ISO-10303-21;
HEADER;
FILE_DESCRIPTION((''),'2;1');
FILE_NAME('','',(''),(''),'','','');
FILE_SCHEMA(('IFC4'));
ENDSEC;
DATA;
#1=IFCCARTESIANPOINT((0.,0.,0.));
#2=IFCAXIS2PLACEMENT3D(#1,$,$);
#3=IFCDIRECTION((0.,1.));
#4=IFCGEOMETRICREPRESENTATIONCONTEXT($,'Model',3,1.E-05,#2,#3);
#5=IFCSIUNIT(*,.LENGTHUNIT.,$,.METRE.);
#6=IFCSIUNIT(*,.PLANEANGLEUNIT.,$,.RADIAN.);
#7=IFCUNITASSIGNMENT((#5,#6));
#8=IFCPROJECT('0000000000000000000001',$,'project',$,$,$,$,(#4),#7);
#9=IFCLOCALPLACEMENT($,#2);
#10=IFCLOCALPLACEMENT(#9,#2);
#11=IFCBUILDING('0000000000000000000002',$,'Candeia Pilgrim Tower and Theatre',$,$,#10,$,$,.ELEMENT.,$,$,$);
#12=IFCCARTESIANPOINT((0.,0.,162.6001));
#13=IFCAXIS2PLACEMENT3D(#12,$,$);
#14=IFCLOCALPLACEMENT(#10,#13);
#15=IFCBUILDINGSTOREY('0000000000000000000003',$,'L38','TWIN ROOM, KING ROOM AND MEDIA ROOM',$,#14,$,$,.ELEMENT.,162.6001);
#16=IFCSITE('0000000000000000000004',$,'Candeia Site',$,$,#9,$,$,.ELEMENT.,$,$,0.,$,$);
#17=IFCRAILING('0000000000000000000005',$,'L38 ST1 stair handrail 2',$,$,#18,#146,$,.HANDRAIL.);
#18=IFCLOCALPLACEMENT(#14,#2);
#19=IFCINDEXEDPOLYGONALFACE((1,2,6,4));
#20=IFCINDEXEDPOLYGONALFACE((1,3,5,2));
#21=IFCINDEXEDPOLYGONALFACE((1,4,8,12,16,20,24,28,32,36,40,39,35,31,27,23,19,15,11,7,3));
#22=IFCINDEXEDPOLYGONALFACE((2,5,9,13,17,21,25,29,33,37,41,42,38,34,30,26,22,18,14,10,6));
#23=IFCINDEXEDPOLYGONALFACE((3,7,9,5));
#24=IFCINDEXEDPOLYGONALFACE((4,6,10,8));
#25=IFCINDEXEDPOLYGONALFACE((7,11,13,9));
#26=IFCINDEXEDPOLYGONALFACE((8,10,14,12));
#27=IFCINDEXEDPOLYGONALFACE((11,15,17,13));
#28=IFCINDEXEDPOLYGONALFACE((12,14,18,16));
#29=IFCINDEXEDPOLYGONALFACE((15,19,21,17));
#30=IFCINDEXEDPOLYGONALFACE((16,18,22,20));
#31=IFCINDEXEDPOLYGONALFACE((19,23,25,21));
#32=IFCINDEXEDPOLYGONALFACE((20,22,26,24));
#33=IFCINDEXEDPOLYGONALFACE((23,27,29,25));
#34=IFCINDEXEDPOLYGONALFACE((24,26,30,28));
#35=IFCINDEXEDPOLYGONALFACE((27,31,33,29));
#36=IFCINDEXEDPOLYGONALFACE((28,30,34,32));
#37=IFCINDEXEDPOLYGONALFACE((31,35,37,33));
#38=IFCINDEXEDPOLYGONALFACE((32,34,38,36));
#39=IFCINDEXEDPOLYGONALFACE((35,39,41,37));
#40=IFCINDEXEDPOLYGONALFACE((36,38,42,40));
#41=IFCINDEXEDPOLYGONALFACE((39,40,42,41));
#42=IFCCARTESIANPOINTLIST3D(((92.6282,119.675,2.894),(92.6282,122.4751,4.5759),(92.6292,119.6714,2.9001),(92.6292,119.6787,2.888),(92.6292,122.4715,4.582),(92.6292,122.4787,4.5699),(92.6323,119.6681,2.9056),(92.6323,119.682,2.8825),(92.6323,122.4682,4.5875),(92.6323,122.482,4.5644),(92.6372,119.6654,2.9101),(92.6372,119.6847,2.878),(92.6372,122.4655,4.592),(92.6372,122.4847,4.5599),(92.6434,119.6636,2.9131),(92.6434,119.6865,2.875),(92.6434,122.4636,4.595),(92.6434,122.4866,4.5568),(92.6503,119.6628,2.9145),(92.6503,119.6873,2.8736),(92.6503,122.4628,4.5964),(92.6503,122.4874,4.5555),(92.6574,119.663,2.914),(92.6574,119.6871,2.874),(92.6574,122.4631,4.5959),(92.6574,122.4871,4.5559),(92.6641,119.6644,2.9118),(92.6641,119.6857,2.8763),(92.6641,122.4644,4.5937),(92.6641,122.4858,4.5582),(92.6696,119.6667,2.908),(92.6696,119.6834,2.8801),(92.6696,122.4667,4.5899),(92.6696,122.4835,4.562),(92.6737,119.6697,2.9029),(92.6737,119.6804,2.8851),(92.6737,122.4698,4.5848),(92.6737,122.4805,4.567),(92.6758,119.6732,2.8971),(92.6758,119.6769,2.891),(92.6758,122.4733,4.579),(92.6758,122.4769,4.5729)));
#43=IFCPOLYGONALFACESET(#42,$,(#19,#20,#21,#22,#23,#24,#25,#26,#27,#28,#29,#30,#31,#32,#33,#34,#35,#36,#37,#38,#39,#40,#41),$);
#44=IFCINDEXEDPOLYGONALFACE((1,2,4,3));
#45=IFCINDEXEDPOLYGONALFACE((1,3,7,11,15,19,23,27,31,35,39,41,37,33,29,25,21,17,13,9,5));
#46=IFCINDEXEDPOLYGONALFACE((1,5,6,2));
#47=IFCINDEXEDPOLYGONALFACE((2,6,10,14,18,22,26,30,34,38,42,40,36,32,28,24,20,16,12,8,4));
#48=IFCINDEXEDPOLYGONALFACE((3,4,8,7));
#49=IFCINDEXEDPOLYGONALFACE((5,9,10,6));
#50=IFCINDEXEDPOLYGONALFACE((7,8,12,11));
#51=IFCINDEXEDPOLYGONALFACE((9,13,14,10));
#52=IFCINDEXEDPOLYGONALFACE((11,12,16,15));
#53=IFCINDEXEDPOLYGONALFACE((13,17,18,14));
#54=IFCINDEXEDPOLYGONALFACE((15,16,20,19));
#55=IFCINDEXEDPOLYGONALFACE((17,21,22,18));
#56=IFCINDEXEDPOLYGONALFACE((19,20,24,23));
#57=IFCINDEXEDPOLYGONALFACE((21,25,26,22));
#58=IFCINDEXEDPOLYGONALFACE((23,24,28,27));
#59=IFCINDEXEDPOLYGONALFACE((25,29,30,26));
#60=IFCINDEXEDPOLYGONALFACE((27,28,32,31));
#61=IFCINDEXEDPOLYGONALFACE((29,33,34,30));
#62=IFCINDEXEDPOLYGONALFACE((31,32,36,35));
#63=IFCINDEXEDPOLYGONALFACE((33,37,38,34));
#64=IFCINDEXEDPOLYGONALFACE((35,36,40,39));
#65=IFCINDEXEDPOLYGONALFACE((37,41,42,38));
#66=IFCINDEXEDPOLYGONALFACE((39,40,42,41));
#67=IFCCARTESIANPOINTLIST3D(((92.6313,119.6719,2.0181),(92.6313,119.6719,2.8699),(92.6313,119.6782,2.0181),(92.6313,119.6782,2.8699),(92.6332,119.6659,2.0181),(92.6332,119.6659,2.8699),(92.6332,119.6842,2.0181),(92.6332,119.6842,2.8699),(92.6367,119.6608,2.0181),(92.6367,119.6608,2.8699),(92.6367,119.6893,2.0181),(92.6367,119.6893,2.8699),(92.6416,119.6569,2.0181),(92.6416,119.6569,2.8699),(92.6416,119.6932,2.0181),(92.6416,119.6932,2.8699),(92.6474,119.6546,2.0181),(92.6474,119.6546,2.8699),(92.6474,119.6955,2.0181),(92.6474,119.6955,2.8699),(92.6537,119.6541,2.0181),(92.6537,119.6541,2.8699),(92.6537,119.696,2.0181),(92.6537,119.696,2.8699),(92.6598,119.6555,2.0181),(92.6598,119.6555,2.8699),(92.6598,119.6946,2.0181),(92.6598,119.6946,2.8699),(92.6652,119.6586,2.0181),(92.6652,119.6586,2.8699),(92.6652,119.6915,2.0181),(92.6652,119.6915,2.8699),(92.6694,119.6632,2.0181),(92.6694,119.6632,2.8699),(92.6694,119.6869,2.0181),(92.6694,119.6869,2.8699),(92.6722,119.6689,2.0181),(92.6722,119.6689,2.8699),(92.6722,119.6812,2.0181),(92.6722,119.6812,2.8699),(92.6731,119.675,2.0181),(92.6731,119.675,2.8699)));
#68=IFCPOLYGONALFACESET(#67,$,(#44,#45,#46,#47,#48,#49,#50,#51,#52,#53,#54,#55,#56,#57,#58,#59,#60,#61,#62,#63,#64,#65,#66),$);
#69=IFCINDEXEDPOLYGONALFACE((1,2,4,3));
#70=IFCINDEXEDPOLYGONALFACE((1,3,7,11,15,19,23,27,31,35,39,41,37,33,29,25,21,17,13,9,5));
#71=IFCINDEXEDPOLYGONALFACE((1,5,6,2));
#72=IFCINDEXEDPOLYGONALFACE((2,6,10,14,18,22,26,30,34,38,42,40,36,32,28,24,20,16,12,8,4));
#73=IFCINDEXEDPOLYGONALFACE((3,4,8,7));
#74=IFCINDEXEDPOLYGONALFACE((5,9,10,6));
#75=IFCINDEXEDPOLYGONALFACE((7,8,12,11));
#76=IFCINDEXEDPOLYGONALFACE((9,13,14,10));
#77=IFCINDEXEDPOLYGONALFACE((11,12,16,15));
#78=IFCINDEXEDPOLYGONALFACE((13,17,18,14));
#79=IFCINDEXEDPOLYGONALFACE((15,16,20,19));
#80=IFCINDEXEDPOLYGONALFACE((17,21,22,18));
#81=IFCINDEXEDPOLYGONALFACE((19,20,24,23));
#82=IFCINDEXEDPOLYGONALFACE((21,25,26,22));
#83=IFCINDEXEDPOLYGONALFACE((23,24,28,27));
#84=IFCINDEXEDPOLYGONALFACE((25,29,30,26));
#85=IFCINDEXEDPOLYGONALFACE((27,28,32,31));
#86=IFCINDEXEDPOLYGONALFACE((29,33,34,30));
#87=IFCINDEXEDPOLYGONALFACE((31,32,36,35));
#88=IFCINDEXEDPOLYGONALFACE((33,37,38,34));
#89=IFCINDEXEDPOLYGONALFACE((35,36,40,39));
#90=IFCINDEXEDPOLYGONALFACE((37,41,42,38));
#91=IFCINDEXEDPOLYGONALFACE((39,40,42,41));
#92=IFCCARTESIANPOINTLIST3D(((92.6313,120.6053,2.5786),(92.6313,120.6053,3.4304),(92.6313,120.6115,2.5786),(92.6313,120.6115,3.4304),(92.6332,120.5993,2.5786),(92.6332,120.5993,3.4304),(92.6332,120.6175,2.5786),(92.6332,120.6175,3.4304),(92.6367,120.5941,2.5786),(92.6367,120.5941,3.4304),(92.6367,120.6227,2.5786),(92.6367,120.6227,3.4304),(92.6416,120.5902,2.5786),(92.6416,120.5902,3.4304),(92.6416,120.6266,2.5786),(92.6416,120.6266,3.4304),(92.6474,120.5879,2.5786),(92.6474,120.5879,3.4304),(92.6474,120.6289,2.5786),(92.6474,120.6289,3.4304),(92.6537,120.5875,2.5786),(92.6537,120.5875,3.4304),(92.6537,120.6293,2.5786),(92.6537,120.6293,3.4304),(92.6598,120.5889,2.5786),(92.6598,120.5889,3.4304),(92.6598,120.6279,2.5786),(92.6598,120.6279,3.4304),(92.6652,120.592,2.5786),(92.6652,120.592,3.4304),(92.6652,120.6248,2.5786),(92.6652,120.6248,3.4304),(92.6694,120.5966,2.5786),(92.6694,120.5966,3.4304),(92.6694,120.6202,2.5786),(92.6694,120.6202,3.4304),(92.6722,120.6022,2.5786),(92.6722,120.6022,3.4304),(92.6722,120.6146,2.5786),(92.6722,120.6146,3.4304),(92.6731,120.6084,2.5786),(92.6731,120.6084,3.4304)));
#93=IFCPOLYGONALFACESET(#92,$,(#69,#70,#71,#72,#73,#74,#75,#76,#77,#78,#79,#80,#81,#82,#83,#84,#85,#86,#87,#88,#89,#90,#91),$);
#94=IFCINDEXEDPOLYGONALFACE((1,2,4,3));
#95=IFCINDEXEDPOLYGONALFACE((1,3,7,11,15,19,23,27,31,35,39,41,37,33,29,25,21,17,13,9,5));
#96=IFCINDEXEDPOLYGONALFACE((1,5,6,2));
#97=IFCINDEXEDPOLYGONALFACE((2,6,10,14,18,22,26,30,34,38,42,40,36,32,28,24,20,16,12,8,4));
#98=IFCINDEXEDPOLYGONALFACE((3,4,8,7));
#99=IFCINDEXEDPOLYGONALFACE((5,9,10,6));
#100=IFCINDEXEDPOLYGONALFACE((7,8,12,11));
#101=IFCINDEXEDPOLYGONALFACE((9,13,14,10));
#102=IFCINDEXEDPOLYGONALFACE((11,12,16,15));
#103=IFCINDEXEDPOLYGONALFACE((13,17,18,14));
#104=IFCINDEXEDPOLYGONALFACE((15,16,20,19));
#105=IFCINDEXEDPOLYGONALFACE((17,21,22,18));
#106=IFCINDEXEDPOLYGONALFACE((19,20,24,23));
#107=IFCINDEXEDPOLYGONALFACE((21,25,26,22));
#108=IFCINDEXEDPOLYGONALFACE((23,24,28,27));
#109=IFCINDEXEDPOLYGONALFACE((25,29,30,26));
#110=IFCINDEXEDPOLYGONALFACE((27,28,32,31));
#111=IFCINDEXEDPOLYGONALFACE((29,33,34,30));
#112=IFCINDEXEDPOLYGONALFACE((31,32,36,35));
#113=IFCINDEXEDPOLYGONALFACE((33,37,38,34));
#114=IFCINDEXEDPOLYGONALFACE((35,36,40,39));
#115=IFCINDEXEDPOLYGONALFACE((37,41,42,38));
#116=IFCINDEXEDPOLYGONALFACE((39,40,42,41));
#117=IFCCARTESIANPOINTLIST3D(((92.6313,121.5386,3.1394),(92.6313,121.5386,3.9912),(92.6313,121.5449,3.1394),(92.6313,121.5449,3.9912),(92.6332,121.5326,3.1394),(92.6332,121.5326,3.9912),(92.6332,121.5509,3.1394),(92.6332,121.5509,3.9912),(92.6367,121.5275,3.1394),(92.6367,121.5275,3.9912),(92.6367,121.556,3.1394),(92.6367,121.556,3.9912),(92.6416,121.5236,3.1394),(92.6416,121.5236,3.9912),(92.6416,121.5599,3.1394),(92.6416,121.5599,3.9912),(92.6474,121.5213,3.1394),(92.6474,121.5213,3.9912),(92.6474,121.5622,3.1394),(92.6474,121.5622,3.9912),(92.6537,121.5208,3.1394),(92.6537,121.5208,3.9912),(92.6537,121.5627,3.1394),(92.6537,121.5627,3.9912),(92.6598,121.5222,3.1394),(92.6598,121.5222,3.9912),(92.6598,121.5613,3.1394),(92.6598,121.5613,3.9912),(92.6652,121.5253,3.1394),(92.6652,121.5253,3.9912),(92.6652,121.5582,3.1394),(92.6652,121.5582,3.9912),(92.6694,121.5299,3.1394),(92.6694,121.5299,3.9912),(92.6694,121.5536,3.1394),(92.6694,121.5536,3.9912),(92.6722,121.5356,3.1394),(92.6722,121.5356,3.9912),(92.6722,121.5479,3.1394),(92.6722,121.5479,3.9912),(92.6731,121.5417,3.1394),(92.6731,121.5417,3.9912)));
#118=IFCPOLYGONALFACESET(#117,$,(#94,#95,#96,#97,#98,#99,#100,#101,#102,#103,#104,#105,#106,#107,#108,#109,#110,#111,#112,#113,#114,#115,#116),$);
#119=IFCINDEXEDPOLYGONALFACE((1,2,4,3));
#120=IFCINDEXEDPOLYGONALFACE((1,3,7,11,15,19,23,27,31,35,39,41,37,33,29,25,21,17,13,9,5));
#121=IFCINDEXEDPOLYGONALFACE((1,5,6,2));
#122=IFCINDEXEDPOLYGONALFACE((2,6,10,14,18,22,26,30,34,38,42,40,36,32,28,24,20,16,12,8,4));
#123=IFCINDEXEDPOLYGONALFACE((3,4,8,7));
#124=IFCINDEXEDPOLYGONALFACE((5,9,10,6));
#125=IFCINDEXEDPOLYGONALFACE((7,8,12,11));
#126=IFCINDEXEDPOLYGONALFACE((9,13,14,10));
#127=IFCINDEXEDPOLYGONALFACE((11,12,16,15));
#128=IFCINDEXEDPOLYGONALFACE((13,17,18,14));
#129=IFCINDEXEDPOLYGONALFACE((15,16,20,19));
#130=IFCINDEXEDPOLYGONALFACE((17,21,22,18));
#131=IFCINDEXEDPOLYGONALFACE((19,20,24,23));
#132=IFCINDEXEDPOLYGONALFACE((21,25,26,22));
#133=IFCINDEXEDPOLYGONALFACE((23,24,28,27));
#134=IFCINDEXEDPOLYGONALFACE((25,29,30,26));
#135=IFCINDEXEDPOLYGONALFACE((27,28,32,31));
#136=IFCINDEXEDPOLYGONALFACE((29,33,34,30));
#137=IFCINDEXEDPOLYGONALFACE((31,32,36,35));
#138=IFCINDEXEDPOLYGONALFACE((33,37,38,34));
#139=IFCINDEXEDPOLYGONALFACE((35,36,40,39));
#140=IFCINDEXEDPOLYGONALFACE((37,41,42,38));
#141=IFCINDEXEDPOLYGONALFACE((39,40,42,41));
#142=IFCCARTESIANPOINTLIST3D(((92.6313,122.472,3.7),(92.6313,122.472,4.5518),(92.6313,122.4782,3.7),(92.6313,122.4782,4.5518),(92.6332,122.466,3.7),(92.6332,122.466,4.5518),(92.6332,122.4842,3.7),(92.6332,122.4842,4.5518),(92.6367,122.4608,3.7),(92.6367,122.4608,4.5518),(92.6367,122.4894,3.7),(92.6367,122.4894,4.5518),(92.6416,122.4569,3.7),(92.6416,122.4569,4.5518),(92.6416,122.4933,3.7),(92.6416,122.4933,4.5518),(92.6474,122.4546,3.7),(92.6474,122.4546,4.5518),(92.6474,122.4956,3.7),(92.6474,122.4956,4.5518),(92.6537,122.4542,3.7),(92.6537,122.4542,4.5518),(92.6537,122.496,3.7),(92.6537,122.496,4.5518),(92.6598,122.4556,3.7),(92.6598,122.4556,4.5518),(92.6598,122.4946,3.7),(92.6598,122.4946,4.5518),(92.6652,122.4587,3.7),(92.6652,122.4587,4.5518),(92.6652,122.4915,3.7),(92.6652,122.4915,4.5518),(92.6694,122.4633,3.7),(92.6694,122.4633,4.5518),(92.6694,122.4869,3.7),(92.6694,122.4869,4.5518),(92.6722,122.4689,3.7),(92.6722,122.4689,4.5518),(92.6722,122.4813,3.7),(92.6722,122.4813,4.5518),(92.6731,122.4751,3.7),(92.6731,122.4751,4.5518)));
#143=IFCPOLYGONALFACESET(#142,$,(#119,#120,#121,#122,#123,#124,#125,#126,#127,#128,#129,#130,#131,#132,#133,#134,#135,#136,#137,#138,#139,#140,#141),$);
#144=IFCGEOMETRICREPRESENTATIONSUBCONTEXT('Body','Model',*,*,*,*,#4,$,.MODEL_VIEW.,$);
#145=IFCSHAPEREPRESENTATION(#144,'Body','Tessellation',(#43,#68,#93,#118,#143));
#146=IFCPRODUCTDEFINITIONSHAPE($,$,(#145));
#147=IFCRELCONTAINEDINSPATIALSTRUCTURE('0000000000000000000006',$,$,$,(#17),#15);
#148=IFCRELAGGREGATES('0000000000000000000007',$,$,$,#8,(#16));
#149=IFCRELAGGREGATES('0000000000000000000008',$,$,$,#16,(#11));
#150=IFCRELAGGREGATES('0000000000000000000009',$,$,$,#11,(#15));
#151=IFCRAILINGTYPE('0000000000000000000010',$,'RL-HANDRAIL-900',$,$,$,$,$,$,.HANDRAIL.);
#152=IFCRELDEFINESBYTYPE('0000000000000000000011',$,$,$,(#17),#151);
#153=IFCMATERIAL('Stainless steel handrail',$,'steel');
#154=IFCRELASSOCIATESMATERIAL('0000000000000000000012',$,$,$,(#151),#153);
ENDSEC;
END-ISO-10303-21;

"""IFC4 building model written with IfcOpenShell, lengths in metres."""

from ifc_helpers import new_model, si_unit, direction, frame, origin, origin_2d, place, context, subcontext, project, spatial, circle, extrude, material, type_object, element, save


model = new_model("IFC4")

# Units and contexts
model_context = context("Model", 3, precision=1e-05, world=origin(), true_north=direction((0.0, 1.0)))
body_context = subcontext(model_context, "Body", "Model", "MODEL_VIEW")
ifc_project = project(units=[si_unit("LENGTHUNIT", "METRE"), si_unit("PLANEANGLEUNIT", "RADIAN")], contexts=[model_context])

# Site, building, storey
site_placement = place(None, origin())
site = spatial("IfcSite", under=ifc_project, at=site_placement, Name="Candeia Site", CompositionType="ELEMENT", RefElevation=0.0)
building_placement = place(site_placement, origin())
building = spatial("IfcBuilding", under=site, at=building_placement, Name="Candeia Pilgrim Tower and Theatre", CompositionType="ELEMENT")
storey_placement = place(building_placement, frame((0.0, 0.0, 162.6001)))
storey = spatial("IfcBuildingStorey", under=building, at=storey_placement, Name="L38", Description="TWIN ROOM, KING ROOM AND MEDIA ROOM", CompositionType="ELEMENT", Elevation=162.6001)

# Railing
ifc_material_1 = material(Name="Stainless steel handrail", Category="steel")
railing_type = type_object("IfcRailingType", Name="RL-HANDRAIL-900", PredefinedType="HANDRAIL", material=ifc_material_1)
for number, where, name in (
    (1, (92.6521, 119.675, 2.0181), "L38 ST1 stair handrail 2"),
):
    element("IfcRailing", number, at=place(storey_placement, frame(where)), inside=storey, type_object=railing_type, Name=name, PredefinedType="HANDRAIL", context=body_context, shape_type="SweptSolid", body=[
        extrude(circle(Radius=0.0239, at=origin_2d()), frame((0.0, 0.0, 0.876), z_axis=(0.0, 0.857242, 0.514913), x_axis=(-1.0, 0.0, 0.0)), (0.0, 0.0, 1.0), 3.2664),
        extrude(circle(Radius=0.021, at=origin_2d()), origin(), (0.0, 0.0, 1.0), 0.8518),
        extrude(circle(Radius=0.021, at=origin_2d()), frame((0.0, 0.9333, 0.5605)), (0.0, 0.0, 1.0), 0.8518),
        extrude(circle(Radius=0.021, at=origin_2d()), frame((0.0, 1.8667, 1.1213)), (0.0, 0.0, 1.0), 0.8518),
        extrude(circle(Radius=0.021, at=origin_2d()), frame((0.0, 2.8, 1.6819)), (0.0, 0.0, 1.0), 0.8518),
    ])

save(model, "model.ifc")
